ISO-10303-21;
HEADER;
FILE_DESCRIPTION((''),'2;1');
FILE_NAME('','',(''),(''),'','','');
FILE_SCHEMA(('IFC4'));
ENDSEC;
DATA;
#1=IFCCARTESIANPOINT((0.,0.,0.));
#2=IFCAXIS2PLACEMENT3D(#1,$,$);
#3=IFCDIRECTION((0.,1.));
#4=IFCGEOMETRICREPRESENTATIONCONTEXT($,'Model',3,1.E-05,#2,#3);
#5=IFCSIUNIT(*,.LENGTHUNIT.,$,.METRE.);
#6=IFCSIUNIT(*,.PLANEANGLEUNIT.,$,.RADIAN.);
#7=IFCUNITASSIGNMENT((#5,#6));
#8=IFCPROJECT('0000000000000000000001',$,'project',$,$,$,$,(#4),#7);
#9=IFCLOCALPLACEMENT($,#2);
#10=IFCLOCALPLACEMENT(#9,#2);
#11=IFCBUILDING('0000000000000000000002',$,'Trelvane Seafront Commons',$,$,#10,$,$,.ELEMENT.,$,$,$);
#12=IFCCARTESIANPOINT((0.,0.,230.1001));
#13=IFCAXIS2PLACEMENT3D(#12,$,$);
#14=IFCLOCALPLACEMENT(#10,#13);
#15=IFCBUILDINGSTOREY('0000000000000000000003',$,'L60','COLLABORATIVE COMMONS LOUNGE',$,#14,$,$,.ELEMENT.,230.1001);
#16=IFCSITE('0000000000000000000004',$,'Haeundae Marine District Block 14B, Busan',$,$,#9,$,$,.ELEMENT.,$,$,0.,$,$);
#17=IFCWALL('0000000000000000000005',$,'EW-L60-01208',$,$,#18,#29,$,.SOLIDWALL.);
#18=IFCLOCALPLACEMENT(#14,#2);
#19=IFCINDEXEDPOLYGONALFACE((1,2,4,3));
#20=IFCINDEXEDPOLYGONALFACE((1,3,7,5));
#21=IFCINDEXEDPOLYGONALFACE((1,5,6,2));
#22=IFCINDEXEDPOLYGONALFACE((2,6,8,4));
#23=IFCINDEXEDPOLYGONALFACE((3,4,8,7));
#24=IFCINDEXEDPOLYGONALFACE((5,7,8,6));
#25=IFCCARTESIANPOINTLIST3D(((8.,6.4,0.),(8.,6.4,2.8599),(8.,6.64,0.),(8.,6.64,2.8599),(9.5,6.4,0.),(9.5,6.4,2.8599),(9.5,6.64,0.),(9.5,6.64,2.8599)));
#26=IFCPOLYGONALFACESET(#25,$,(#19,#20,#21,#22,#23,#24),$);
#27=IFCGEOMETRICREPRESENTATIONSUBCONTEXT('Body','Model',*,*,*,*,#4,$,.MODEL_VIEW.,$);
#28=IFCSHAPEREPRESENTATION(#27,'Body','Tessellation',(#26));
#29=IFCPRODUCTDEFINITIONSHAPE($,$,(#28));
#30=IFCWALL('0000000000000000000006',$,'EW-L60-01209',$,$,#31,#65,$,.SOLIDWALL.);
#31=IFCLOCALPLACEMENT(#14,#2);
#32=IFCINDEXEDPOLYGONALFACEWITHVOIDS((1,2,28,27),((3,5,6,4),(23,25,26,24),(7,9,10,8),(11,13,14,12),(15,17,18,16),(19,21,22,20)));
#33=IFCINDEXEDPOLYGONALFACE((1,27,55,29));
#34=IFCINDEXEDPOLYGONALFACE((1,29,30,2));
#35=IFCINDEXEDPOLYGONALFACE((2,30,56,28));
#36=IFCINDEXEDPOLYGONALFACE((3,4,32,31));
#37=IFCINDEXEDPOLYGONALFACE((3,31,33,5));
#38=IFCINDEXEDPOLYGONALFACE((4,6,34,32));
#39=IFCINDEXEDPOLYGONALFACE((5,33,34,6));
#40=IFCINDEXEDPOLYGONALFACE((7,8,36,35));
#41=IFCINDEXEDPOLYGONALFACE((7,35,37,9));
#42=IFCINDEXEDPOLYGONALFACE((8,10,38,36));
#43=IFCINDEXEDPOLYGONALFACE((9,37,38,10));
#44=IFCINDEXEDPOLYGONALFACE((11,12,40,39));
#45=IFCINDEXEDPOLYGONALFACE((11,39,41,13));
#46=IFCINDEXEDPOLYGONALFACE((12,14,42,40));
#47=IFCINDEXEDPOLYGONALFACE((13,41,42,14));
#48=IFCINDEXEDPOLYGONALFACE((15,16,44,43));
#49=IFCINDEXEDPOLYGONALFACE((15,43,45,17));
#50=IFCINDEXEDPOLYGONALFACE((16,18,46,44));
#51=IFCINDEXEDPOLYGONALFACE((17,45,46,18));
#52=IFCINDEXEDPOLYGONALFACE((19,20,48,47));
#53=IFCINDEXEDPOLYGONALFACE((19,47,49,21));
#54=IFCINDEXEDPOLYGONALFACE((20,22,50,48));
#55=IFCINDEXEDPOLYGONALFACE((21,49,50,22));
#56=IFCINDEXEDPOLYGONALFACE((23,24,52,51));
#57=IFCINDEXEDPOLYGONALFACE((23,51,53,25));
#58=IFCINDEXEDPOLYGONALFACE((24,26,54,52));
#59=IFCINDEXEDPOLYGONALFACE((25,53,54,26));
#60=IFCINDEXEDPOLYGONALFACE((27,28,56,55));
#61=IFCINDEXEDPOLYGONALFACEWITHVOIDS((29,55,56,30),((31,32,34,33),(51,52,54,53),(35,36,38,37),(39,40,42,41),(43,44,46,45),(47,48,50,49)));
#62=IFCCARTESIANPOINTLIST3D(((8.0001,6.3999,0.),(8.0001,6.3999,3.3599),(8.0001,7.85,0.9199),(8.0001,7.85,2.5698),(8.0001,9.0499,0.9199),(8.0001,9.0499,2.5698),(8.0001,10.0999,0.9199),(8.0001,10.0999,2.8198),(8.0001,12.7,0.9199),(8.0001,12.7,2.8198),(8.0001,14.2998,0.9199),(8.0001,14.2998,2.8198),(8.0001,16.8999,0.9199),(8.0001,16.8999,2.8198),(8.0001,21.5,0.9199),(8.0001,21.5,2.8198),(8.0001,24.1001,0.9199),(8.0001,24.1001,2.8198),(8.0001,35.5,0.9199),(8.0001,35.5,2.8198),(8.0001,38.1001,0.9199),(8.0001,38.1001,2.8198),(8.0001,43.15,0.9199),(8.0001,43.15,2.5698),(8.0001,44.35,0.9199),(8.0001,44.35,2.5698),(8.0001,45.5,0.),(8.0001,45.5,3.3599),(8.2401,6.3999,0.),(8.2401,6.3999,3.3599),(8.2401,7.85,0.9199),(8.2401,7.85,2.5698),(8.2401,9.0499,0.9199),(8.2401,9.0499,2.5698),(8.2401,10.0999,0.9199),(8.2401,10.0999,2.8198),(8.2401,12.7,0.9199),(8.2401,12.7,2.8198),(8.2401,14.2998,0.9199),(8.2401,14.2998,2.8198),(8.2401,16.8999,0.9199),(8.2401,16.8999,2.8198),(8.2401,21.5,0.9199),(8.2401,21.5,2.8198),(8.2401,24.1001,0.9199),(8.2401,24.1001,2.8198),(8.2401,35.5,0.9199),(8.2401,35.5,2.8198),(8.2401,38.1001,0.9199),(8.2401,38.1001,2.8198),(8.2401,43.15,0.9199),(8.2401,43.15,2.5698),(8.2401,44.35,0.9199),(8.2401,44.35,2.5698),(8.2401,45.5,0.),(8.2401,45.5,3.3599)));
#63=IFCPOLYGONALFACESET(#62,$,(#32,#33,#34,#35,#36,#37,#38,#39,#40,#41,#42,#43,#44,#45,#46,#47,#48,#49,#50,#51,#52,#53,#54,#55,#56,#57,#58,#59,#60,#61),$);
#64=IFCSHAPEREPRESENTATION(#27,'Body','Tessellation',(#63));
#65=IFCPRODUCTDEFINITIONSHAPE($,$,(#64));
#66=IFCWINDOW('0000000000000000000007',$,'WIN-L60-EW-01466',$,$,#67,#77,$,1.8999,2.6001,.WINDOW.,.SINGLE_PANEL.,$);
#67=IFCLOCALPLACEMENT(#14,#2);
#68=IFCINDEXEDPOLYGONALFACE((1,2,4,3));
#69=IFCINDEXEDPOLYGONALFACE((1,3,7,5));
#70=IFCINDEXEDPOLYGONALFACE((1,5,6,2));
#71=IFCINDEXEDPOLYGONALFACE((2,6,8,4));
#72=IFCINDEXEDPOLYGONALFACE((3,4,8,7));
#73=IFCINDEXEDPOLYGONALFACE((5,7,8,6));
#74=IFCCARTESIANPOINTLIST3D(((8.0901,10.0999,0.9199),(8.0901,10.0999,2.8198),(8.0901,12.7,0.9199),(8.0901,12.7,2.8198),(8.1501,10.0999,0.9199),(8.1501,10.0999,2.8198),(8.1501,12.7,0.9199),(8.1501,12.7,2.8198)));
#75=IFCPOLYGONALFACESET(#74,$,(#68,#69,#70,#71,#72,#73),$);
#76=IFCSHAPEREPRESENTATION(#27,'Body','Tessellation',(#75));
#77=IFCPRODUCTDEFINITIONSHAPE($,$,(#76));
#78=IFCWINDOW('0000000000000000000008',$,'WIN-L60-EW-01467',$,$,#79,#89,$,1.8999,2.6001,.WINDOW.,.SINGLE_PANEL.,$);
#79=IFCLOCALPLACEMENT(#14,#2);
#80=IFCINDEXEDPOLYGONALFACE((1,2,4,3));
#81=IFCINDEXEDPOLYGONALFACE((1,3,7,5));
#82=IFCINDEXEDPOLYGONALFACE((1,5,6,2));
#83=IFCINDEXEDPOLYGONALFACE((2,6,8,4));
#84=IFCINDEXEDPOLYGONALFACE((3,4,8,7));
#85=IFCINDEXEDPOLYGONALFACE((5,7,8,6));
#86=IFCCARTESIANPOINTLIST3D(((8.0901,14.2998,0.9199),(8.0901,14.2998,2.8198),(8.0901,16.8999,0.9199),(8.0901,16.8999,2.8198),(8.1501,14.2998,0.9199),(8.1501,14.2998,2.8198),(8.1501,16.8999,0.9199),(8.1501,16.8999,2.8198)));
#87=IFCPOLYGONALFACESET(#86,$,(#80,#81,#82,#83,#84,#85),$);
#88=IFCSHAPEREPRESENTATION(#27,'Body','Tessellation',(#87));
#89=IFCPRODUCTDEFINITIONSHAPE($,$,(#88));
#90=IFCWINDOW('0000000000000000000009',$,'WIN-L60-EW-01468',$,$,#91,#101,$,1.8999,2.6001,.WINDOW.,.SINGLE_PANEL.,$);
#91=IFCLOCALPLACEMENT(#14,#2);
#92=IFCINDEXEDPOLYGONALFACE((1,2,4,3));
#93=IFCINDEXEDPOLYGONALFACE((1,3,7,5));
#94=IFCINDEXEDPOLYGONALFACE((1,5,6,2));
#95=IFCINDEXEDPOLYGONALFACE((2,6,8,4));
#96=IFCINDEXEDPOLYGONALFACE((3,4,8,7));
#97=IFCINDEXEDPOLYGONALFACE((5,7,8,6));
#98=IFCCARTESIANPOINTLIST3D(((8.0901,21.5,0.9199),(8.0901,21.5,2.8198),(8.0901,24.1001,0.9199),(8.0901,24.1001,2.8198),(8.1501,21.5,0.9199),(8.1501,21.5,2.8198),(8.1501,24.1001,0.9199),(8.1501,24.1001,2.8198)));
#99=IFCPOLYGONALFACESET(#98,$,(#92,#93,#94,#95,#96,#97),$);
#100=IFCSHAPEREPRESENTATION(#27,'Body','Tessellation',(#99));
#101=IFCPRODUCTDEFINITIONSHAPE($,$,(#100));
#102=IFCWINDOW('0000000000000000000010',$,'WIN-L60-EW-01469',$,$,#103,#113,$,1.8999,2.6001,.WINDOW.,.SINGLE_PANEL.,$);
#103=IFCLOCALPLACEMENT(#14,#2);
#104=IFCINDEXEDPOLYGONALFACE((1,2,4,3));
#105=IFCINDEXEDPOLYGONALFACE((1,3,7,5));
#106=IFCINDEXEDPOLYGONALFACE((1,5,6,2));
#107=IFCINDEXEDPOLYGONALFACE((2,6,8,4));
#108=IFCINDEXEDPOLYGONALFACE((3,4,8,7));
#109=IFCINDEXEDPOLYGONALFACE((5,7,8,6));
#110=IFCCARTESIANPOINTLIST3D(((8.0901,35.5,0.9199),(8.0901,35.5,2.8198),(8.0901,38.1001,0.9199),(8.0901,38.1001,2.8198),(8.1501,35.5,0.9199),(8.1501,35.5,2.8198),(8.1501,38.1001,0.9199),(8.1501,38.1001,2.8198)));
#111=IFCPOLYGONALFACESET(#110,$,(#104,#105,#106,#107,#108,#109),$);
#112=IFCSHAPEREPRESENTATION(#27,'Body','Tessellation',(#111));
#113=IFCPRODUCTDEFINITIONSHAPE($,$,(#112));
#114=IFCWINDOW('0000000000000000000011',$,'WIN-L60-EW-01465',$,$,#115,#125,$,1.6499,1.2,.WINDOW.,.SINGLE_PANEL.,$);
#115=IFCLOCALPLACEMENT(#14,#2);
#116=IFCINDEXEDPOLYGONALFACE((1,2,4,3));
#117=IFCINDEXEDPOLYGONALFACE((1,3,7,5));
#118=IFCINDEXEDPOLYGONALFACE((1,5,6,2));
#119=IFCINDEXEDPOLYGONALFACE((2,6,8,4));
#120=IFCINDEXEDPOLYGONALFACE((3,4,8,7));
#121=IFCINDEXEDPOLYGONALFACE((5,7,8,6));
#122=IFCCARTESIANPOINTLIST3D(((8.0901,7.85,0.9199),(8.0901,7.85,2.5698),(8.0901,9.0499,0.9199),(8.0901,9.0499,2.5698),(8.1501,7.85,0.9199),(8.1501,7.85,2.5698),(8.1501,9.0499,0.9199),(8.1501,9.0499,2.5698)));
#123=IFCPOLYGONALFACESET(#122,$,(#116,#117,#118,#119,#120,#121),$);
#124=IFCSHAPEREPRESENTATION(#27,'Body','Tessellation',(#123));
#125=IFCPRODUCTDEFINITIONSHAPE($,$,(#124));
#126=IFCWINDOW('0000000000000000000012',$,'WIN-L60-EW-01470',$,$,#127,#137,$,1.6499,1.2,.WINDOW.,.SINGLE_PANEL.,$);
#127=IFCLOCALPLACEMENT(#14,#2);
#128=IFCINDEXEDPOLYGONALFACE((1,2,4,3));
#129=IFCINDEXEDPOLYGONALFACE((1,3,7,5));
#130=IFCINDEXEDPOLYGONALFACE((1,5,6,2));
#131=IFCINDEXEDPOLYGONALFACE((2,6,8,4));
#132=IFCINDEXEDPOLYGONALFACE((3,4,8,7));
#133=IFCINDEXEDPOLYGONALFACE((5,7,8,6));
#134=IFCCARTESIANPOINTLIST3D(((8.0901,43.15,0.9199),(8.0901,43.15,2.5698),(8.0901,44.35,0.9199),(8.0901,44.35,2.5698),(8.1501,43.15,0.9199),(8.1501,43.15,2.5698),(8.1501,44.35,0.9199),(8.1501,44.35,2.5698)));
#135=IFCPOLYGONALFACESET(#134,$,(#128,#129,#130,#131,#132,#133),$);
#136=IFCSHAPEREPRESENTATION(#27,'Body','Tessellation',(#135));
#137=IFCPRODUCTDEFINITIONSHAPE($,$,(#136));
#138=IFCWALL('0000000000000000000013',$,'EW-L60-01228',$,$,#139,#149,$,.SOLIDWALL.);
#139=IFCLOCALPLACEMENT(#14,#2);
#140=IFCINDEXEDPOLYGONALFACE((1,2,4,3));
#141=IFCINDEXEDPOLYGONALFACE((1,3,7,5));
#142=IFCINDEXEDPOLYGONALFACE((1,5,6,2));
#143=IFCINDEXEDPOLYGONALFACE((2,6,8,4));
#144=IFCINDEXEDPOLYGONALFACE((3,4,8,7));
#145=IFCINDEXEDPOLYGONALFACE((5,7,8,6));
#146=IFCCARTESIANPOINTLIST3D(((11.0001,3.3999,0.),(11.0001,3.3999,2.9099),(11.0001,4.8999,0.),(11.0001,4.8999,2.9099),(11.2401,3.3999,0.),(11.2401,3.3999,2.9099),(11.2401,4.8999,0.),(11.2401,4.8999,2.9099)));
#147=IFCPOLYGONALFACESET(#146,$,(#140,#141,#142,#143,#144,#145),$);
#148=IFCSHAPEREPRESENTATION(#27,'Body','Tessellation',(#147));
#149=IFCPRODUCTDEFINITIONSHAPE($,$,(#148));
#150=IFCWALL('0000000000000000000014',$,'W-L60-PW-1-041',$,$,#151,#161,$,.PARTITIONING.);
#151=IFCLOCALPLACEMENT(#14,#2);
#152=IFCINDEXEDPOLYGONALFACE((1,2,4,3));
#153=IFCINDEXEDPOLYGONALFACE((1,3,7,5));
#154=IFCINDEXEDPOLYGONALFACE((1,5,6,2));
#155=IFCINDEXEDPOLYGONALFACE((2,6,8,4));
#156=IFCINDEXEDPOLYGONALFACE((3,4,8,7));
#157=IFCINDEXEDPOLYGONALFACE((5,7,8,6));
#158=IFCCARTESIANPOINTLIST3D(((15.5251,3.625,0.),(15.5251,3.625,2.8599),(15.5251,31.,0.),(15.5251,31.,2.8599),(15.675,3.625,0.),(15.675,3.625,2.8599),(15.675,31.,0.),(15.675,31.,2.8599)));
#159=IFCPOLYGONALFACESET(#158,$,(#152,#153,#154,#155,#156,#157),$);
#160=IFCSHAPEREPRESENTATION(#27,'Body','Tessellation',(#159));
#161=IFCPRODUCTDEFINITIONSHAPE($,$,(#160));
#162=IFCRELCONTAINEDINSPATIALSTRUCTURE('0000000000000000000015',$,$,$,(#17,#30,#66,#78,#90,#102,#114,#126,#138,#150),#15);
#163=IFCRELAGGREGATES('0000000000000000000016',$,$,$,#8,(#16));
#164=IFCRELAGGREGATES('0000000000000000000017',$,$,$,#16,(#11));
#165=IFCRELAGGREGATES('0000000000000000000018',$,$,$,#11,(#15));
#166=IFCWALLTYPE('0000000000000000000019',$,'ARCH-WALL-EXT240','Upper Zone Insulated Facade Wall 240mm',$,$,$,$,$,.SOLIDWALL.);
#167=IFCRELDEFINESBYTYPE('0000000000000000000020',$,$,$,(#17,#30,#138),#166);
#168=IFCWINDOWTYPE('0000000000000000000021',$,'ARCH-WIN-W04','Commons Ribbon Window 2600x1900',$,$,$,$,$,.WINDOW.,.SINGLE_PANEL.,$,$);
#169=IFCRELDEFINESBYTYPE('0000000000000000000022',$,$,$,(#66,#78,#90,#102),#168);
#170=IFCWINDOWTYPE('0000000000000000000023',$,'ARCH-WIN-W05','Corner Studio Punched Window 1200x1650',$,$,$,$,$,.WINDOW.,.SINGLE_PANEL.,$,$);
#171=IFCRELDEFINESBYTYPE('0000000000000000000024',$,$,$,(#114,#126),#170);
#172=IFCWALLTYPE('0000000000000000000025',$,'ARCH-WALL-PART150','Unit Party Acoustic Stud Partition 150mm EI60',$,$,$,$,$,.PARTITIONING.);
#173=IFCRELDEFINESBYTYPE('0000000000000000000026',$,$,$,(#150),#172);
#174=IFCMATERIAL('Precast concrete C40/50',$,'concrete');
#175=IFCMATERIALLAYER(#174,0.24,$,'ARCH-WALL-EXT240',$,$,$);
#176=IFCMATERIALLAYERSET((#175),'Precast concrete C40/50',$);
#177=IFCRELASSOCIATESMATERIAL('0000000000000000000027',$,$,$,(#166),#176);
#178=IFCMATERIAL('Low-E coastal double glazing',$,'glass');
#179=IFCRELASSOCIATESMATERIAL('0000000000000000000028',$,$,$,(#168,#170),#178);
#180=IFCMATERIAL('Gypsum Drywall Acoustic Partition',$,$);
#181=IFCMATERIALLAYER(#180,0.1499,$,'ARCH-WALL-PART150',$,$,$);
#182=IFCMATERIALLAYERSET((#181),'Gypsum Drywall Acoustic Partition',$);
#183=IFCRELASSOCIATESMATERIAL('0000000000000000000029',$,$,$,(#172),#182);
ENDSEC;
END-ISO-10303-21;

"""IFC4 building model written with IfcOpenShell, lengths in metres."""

from ifc_helpers import new_model, si_unit, direction, frame, frame_2d, origin, place, context, subcontext, project, spatial, rectangle, extrude, source, transform, mapped, material, layer, layer_set, type_object, element, fill, save


model = new_model("IFC4")

# Units and contexts
model_context = context("Model", 3, precision=1e-05, world=origin(), true_north=direction((0.0, 1.0)))
body_context = subcontext(model_context, "Body", "Model", "MODEL_VIEW")
ifc_project = project(units=[si_unit("LENGTHUNIT", "METRE"), si_unit("PLANEANGLEUNIT", "RADIAN")], contexts=[model_context])

# Site, building, storey
site_placement = place(None, origin())
site = spatial("IfcSite", under=ifc_project, at=site_placement, Name="Haeundae Marine District Block 14B, Busan", CompositionType="ELEMENT", RefElevation=0.0)
building_placement = place(site_placement, origin())
building = spatial("IfcBuilding", under=site, at=building_placement, Name="Trelvane Seafront Commons", CompositionType="ELEMENT")
storey_placement = place(building_placement, frame((0.0, 0.0, 230.1001)))
storey = spatial("IfcBuildingStorey", under=building, at=storey_placement, Name="L60", Description="COLLABORATIVE COMMONS LOUNGE", CompositionType="ELEMENT", Elevation=230.1001)

# Wall
ifc_material_1 = material(Name="Precast concrete C40/50", Category="concrete")
ifc_layer_1 = layer(ifc_material_1, 0.24, Name="ARCH-WALL-EXT240")
ifc_layer_set_1 = layer_set([ifc_layer_1], Name="Precast concrete C40/50")
wall_type_1 = type_object("IfcWallType", Name="ARCH-WALL-EXT240", Description="Upper Zone Insulated Facade Wall 240mm", PredefinedType="SOLIDWALL", material=ifc_layer_set_1)
wall_1_placement = place(storey_placement, frame((9.5, 6.52, 0.0), z_axis=(0.0, 0.0, 1.0), x_axis=(-1.0, 0.0, 0.0)))
element("IfcWall", 1, at=wall_1_placement, inside=storey, type_object=wall_type_1, Name="EW-L60-01208", PredefinedType="SOLIDWALL", context=body_context, shape_type="SweptSolid", body=[
    extrude(rectangle(XDim=1.5, YDim=0.24, at=frame_2d((0.75, 0.0))), origin(), (0.0, 0.0, 1.0), 2.8599),
])

# Wall, openings, windows
wall_2_placement = place(storey_placement, frame((8.1201, 6.3999, 0.0), z_axis=(0.0, 0.0, 1.0), x_axis=(0.0, 1.0, 0.0)))
wall_2 = element("IfcWall", 2, at=wall_2_placement, inside=storey, type_object=wall_type_1, Name="EW-L60-01209", PredefinedType="SOLIDWALL", context=body_context, shape_type="SweptSolid", body=[
    extrude(rectangle(XDim=39.1001, YDim=0.24, at=frame_2d((19.55, 0.0))), origin(), (0.0, 0.0, 1.0), 3.3599),
])
opening_1_placement = place(wall_2_placement, frame((1.45, 0.0, 0.9199)))
opening_1 = element("IfcOpeningElement", 3, at=opening_1_placement, cuts=wall_2, PredefinedType="OPENING", context=body_context, shape_type="SweptSolid", body=[
    extrude(rectangle(XDim=1.2, YDim=1.6499, at=frame_2d((0.6001, 0.825))), frame((0.0, 0.1299, 0.0), z_axis=(0.0, -1.0, 0.0), x_axis=(1.0, 0.0, 0.0)), (0.0, 0.0, 1.0), 0.26),
])
opening_2_placement = place(wall_2_placement, frame((3.7, 0.0, 0.9199)))
opening_2 = element("IfcOpeningElement", 4, at=opening_2_placement, cuts=wall_2, PredefinedType="OPENING", context=body_context, shape_type="SweptSolid", body=[
    extrude(rectangle(XDim=2.6001, YDim=1.8999, at=frame_2d((1.3, 0.95))), frame((0.0, 0.1299, 0.0), z_axis=(0.0, -1.0, 0.0), x_axis=(1.0, 0.0, 0.0)), (0.0, 0.0, 1.0), 0.26),
])
opening_3_placement = place(wall_2_placement, frame((7.8999, 0.0, 0.9199)))
opening_3 = element("IfcOpeningElement", 5, at=opening_3_placement, cuts=wall_2, PredefinedType="OPENING", context=body_context, shape_type="SweptSolid", body=[
    extrude(rectangle(XDim=2.6001, YDim=1.8999, at=frame_2d((1.3, 0.95))), frame((0.0, 0.1299, 0.0), z_axis=(0.0, -1.0, 0.0), x_axis=(1.0, 0.0, 0.0)), (0.0, 0.0, 1.0), 0.26),
])
opening_4_placement = place(wall_2_placement, frame((15.1001, 0.0, 0.9199)))
opening_4 = element("IfcOpeningElement", 6, at=opening_4_placement, cuts=wall_2, PredefinedType="OPENING", context=body_context, shape_type="SweptSolid", body=[
    extrude(rectangle(XDim=2.6001, YDim=1.8999, at=frame_2d((1.3, 0.95))), frame((0.0, 0.1299, 0.0), z_axis=(0.0, -1.0, 0.0), x_axis=(1.0, 0.0, 0.0)), (0.0, 0.0, 1.0), 0.26),
])
opening_5_placement = place(wall_2_placement, frame((29.1001, 0.0, 0.9199)))
opening_5 = element("IfcOpeningElement", 7, at=opening_5_placement, cuts=wall_2, PredefinedType="OPENING", context=body_context, shape_type="SweptSolid", body=[
    extrude(rectangle(XDim=2.6001, YDim=1.8999, at=frame_2d((1.3, 0.95))), frame((0.0, 0.1299, 0.0), z_axis=(0.0, -1.0, 0.0), x_axis=(1.0, 0.0, 0.0)), (0.0, 0.0, 1.0), 0.26),
])
opening_6_placement = place(wall_2_placement, frame((36.75, 0.0, 0.9199)))
opening_6 = element("IfcOpeningElement", 8, at=opening_6_placement, cuts=wall_2, PredefinedType="OPENING", context=body_context, shape_type="SweptSolid", body=[
    extrude(rectangle(XDim=1.2, YDim=1.6499, at=frame_2d((0.6001, 0.825))), frame((0.0, 0.1299, 0.0), z_axis=(0.0, -1.0, 0.0), x_axis=(1.0, 0.0, 0.0)), (0.0, 0.0, 1.0), 0.26),
])
ifc_material_2 = material(Name="Low-E coastal double glazing", Category="glass")
window_type_1 = type_object("IfcWindowType", Name="ARCH-WIN-W04", Description="Commons Ribbon Window 2600x1900", PartitioningType="SINGLE_PANEL", PredefinedType="WINDOW", material=ifc_material_2)
shared_shape_1 = source(origin(), body_context, "Body", "SweptSolid", [
    extrude(rectangle(XDim=2.6001, YDim=1.8999, at=frame_2d((1.3, 0.95))), frame((0.0, 0.03, 0.0), z_axis=(0.0, -1.0, 0.0), x_axis=(1.0, 0.0, 0.0)), (0.0, 0.0, 1.0), 0.0601),
])
window_1_placement = place(opening_2_placement, origin())
window_1 = element("IfcWindow", 9, at=window_1_placement, inside=storey, type_object=window_type_1, Name="WIN-L60-EW-01466", OverallHeight=1.8999, OverallWidth=2.6001, PartitioningType="SINGLE_PANEL", PredefinedType="WINDOW", context=body_context, shape_type="MappedRepresentation", body=[
    mapped(shared_shape_1, transform((0.0, 0.0, 0.0), x_axis=(1.0, 0.0, 0.0), y_axis=(0.0, 1.0, 0.0), z_axis=(0.0, 0.0, 1.0), scale=1.0)),
])
fill(opening_2, window_1)
window_2_placement = place(opening_3_placement, origin())
window_2 = element("IfcWindow", 10, at=window_2_placement, inside=storey, type_object=window_type_1, Name="WIN-L60-EW-01467", OverallHeight=1.8999, OverallWidth=2.6001, PartitioningType="SINGLE_PANEL", PredefinedType="WINDOW", context=body_context, shape_type="MappedRepresentation", body=[
    mapped(shared_shape_1, transform((0.0, 0.0, 0.0), x_axis=(1.0, 0.0, 0.0), y_axis=(0.0, 1.0, 0.0), z_axis=(0.0, 0.0, 1.0), scale=1.0)),
])
fill(opening_3, window_2)
window_3_placement = place(opening_4_placement, origin())
window_3 = element("IfcWindow", 11, at=window_3_placement, inside=storey, type_object=window_type_1, Name="WIN-L60-EW-01468", OverallHeight=1.8999, OverallWidth=2.6001, PartitioningType="SINGLE_PANEL", PredefinedType="WINDOW", context=body_context, shape_type="MappedRepresentation", body=[
    mapped(shared_shape_1, transform((0.0, 0.0, 0.0), x_axis=(1.0, 0.0, 0.0), y_axis=(0.0, 1.0, 0.0), z_axis=(0.0, 0.0, 1.0), scale=1.0)),
])
fill(opening_4, window_3)
window_4_placement = place(opening_5_placement, origin())
window_4 = element("IfcWindow", 12, at=window_4_placement, inside=storey, type_object=window_type_1, Name="WIN-L60-EW-01469", OverallHeight=1.8999, OverallWidth=2.6001, PartitioningType="SINGLE_PANEL", PredefinedType="WINDOW", context=body_context, shape_type="MappedRepresentation", body=[
    mapped(shared_shape_1, transform((0.0, 0.0, 0.0), x_axis=(1.0, 0.0, 0.0), y_axis=(0.0, 1.0, 0.0), z_axis=(0.0, 0.0, 1.0), scale=1.0)),
])
fill(opening_5, window_4)
window_type_2 = type_object("IfcWindowType", Name="ARCH-WIN-W05", Description="Corner Studio Punched Window 1200x1650", PartitioningType="SINGLE_PANEL", PredefinedType="WINDOW", material=ifc_material_2)
shared_shape_2 = source(origin(), body_context, "Body", "SweptSolid", [
    extrude(rectangle(XDim=1.2, YDim=1.6499, at=frame_2d((0.6001, 0.825))), frame((0.0, 0.03, 0.0), z_axis=(0.0, -1.0, 0.0), x_axis=(1.0, 0.0, 0.0)), (0.0, 0.0, 1.0), 0.0601),
])
window_5_placement = place(opening_1_placement, origin())
window_5 = element("IfcWindow", 13, at=window_5_placement, inside=storey, type_object=window_type_2, Name="WIN-L60-EW-01465", OverallHeight=1.6499, OverallWidth=1.2, PartitioningType="SINGLE_PANEL", PredefinedType="WINDOW", context=body_context, shape_type="MappedRepresentation", body=[
    mapped(shared_shape_2, transform((0.0, 0.0, 0.0), x_axis=(1.0, 0.0, 0.0), y_axis=(0.0, 1.0, 0.0), z_axis=(0.0, 0.0, 1.0), scale=1.0)),
])
fill(opening_1, window_5)
window_6_placement = place(opening_6_placement, origin())
window_6 = element("IfcWindow", 14, at=window_6_placement, inside=storey, type_object=window_type_2, Name="WIN-L60-EW-01470", OverallHeight=1.6499, OverallWidth=1.2, PartitioningType="SINGLE_PANEL", PredefinedType="WINDOW", context=body_context, shape_type="MappedRepresentation", body=[
    mapped(shared_shape_2, transform((0.0, 0.0, 0.0), x_axis=(1.0, 0.0, 0.0), y_axis=(0.0, 1.0, 0.0), z_axis=(0.0, 0.0, 1.0), scale=1.0)),
])
fill(opening_6, window_6)

# Wall
wall_3_placement = place(storey_placement, frame((11.1201, 3.3999, 0.0), z_axis=(0.0, 0.0, 1.0), x_axis=(0.0, 1.0, 0.0)))
element("IfcWall", 15, at=wall_3_placement, inside=storey, type_object=wall_type_1, Name="EW-L60-01228", PredefinedType="SOLIDWALL", context=body_context, shape_type="SweptSolid", body=[
    extrude(rectangle(XDim=1.5, YDim=0.24, at=frame_2d((0.75, 0.0))), origin(), (0.0, 0.0, 1.0), 2.9099),
])

# Shared definitions
ifc_material_3 = material(Name="Gypsum Drywall Acoustic Partition")

# Wall
ifc_layer_2 = layer(ifc_material_3, 0.1499, Name="ARCH-WALL-PART150")
ifc_layer_set_2 = layer_set([ifc_layer_2], Name="Gypsum Drywall Acoustic Partition")
wall_type_2 = type_object("IfcWallType", Name="ARCH-WALL-PART150", Description="Unit Party Acoustic Stud Partition 150mm EI60", PredefinedType="PARTITIONING", material=ifc_layer_set_2)
wall_4_placement = place(storey_placement, frame((15.6001, 3.625, 0.0), z_axis=(0.0, 0.0, 1.0), x_axis=(0.0, 1.0, 0.0)))
element("IfcWall", 16, at=wall_4_placement, inside=storey, type_object=wall_type_2, Name="W-L60-PW-1-041", PredefinedType="PARTITIONING", context=body_context, shape_type="SweptSolid", body=[
    extrude(rectangle(XDim=27.375, YDim=0.1499, at=frame_2d((13.6875, 0.0))), origin(), (0.0, 0.0, 1.0), 2.8599),
])

save(model, "model.ifc")
